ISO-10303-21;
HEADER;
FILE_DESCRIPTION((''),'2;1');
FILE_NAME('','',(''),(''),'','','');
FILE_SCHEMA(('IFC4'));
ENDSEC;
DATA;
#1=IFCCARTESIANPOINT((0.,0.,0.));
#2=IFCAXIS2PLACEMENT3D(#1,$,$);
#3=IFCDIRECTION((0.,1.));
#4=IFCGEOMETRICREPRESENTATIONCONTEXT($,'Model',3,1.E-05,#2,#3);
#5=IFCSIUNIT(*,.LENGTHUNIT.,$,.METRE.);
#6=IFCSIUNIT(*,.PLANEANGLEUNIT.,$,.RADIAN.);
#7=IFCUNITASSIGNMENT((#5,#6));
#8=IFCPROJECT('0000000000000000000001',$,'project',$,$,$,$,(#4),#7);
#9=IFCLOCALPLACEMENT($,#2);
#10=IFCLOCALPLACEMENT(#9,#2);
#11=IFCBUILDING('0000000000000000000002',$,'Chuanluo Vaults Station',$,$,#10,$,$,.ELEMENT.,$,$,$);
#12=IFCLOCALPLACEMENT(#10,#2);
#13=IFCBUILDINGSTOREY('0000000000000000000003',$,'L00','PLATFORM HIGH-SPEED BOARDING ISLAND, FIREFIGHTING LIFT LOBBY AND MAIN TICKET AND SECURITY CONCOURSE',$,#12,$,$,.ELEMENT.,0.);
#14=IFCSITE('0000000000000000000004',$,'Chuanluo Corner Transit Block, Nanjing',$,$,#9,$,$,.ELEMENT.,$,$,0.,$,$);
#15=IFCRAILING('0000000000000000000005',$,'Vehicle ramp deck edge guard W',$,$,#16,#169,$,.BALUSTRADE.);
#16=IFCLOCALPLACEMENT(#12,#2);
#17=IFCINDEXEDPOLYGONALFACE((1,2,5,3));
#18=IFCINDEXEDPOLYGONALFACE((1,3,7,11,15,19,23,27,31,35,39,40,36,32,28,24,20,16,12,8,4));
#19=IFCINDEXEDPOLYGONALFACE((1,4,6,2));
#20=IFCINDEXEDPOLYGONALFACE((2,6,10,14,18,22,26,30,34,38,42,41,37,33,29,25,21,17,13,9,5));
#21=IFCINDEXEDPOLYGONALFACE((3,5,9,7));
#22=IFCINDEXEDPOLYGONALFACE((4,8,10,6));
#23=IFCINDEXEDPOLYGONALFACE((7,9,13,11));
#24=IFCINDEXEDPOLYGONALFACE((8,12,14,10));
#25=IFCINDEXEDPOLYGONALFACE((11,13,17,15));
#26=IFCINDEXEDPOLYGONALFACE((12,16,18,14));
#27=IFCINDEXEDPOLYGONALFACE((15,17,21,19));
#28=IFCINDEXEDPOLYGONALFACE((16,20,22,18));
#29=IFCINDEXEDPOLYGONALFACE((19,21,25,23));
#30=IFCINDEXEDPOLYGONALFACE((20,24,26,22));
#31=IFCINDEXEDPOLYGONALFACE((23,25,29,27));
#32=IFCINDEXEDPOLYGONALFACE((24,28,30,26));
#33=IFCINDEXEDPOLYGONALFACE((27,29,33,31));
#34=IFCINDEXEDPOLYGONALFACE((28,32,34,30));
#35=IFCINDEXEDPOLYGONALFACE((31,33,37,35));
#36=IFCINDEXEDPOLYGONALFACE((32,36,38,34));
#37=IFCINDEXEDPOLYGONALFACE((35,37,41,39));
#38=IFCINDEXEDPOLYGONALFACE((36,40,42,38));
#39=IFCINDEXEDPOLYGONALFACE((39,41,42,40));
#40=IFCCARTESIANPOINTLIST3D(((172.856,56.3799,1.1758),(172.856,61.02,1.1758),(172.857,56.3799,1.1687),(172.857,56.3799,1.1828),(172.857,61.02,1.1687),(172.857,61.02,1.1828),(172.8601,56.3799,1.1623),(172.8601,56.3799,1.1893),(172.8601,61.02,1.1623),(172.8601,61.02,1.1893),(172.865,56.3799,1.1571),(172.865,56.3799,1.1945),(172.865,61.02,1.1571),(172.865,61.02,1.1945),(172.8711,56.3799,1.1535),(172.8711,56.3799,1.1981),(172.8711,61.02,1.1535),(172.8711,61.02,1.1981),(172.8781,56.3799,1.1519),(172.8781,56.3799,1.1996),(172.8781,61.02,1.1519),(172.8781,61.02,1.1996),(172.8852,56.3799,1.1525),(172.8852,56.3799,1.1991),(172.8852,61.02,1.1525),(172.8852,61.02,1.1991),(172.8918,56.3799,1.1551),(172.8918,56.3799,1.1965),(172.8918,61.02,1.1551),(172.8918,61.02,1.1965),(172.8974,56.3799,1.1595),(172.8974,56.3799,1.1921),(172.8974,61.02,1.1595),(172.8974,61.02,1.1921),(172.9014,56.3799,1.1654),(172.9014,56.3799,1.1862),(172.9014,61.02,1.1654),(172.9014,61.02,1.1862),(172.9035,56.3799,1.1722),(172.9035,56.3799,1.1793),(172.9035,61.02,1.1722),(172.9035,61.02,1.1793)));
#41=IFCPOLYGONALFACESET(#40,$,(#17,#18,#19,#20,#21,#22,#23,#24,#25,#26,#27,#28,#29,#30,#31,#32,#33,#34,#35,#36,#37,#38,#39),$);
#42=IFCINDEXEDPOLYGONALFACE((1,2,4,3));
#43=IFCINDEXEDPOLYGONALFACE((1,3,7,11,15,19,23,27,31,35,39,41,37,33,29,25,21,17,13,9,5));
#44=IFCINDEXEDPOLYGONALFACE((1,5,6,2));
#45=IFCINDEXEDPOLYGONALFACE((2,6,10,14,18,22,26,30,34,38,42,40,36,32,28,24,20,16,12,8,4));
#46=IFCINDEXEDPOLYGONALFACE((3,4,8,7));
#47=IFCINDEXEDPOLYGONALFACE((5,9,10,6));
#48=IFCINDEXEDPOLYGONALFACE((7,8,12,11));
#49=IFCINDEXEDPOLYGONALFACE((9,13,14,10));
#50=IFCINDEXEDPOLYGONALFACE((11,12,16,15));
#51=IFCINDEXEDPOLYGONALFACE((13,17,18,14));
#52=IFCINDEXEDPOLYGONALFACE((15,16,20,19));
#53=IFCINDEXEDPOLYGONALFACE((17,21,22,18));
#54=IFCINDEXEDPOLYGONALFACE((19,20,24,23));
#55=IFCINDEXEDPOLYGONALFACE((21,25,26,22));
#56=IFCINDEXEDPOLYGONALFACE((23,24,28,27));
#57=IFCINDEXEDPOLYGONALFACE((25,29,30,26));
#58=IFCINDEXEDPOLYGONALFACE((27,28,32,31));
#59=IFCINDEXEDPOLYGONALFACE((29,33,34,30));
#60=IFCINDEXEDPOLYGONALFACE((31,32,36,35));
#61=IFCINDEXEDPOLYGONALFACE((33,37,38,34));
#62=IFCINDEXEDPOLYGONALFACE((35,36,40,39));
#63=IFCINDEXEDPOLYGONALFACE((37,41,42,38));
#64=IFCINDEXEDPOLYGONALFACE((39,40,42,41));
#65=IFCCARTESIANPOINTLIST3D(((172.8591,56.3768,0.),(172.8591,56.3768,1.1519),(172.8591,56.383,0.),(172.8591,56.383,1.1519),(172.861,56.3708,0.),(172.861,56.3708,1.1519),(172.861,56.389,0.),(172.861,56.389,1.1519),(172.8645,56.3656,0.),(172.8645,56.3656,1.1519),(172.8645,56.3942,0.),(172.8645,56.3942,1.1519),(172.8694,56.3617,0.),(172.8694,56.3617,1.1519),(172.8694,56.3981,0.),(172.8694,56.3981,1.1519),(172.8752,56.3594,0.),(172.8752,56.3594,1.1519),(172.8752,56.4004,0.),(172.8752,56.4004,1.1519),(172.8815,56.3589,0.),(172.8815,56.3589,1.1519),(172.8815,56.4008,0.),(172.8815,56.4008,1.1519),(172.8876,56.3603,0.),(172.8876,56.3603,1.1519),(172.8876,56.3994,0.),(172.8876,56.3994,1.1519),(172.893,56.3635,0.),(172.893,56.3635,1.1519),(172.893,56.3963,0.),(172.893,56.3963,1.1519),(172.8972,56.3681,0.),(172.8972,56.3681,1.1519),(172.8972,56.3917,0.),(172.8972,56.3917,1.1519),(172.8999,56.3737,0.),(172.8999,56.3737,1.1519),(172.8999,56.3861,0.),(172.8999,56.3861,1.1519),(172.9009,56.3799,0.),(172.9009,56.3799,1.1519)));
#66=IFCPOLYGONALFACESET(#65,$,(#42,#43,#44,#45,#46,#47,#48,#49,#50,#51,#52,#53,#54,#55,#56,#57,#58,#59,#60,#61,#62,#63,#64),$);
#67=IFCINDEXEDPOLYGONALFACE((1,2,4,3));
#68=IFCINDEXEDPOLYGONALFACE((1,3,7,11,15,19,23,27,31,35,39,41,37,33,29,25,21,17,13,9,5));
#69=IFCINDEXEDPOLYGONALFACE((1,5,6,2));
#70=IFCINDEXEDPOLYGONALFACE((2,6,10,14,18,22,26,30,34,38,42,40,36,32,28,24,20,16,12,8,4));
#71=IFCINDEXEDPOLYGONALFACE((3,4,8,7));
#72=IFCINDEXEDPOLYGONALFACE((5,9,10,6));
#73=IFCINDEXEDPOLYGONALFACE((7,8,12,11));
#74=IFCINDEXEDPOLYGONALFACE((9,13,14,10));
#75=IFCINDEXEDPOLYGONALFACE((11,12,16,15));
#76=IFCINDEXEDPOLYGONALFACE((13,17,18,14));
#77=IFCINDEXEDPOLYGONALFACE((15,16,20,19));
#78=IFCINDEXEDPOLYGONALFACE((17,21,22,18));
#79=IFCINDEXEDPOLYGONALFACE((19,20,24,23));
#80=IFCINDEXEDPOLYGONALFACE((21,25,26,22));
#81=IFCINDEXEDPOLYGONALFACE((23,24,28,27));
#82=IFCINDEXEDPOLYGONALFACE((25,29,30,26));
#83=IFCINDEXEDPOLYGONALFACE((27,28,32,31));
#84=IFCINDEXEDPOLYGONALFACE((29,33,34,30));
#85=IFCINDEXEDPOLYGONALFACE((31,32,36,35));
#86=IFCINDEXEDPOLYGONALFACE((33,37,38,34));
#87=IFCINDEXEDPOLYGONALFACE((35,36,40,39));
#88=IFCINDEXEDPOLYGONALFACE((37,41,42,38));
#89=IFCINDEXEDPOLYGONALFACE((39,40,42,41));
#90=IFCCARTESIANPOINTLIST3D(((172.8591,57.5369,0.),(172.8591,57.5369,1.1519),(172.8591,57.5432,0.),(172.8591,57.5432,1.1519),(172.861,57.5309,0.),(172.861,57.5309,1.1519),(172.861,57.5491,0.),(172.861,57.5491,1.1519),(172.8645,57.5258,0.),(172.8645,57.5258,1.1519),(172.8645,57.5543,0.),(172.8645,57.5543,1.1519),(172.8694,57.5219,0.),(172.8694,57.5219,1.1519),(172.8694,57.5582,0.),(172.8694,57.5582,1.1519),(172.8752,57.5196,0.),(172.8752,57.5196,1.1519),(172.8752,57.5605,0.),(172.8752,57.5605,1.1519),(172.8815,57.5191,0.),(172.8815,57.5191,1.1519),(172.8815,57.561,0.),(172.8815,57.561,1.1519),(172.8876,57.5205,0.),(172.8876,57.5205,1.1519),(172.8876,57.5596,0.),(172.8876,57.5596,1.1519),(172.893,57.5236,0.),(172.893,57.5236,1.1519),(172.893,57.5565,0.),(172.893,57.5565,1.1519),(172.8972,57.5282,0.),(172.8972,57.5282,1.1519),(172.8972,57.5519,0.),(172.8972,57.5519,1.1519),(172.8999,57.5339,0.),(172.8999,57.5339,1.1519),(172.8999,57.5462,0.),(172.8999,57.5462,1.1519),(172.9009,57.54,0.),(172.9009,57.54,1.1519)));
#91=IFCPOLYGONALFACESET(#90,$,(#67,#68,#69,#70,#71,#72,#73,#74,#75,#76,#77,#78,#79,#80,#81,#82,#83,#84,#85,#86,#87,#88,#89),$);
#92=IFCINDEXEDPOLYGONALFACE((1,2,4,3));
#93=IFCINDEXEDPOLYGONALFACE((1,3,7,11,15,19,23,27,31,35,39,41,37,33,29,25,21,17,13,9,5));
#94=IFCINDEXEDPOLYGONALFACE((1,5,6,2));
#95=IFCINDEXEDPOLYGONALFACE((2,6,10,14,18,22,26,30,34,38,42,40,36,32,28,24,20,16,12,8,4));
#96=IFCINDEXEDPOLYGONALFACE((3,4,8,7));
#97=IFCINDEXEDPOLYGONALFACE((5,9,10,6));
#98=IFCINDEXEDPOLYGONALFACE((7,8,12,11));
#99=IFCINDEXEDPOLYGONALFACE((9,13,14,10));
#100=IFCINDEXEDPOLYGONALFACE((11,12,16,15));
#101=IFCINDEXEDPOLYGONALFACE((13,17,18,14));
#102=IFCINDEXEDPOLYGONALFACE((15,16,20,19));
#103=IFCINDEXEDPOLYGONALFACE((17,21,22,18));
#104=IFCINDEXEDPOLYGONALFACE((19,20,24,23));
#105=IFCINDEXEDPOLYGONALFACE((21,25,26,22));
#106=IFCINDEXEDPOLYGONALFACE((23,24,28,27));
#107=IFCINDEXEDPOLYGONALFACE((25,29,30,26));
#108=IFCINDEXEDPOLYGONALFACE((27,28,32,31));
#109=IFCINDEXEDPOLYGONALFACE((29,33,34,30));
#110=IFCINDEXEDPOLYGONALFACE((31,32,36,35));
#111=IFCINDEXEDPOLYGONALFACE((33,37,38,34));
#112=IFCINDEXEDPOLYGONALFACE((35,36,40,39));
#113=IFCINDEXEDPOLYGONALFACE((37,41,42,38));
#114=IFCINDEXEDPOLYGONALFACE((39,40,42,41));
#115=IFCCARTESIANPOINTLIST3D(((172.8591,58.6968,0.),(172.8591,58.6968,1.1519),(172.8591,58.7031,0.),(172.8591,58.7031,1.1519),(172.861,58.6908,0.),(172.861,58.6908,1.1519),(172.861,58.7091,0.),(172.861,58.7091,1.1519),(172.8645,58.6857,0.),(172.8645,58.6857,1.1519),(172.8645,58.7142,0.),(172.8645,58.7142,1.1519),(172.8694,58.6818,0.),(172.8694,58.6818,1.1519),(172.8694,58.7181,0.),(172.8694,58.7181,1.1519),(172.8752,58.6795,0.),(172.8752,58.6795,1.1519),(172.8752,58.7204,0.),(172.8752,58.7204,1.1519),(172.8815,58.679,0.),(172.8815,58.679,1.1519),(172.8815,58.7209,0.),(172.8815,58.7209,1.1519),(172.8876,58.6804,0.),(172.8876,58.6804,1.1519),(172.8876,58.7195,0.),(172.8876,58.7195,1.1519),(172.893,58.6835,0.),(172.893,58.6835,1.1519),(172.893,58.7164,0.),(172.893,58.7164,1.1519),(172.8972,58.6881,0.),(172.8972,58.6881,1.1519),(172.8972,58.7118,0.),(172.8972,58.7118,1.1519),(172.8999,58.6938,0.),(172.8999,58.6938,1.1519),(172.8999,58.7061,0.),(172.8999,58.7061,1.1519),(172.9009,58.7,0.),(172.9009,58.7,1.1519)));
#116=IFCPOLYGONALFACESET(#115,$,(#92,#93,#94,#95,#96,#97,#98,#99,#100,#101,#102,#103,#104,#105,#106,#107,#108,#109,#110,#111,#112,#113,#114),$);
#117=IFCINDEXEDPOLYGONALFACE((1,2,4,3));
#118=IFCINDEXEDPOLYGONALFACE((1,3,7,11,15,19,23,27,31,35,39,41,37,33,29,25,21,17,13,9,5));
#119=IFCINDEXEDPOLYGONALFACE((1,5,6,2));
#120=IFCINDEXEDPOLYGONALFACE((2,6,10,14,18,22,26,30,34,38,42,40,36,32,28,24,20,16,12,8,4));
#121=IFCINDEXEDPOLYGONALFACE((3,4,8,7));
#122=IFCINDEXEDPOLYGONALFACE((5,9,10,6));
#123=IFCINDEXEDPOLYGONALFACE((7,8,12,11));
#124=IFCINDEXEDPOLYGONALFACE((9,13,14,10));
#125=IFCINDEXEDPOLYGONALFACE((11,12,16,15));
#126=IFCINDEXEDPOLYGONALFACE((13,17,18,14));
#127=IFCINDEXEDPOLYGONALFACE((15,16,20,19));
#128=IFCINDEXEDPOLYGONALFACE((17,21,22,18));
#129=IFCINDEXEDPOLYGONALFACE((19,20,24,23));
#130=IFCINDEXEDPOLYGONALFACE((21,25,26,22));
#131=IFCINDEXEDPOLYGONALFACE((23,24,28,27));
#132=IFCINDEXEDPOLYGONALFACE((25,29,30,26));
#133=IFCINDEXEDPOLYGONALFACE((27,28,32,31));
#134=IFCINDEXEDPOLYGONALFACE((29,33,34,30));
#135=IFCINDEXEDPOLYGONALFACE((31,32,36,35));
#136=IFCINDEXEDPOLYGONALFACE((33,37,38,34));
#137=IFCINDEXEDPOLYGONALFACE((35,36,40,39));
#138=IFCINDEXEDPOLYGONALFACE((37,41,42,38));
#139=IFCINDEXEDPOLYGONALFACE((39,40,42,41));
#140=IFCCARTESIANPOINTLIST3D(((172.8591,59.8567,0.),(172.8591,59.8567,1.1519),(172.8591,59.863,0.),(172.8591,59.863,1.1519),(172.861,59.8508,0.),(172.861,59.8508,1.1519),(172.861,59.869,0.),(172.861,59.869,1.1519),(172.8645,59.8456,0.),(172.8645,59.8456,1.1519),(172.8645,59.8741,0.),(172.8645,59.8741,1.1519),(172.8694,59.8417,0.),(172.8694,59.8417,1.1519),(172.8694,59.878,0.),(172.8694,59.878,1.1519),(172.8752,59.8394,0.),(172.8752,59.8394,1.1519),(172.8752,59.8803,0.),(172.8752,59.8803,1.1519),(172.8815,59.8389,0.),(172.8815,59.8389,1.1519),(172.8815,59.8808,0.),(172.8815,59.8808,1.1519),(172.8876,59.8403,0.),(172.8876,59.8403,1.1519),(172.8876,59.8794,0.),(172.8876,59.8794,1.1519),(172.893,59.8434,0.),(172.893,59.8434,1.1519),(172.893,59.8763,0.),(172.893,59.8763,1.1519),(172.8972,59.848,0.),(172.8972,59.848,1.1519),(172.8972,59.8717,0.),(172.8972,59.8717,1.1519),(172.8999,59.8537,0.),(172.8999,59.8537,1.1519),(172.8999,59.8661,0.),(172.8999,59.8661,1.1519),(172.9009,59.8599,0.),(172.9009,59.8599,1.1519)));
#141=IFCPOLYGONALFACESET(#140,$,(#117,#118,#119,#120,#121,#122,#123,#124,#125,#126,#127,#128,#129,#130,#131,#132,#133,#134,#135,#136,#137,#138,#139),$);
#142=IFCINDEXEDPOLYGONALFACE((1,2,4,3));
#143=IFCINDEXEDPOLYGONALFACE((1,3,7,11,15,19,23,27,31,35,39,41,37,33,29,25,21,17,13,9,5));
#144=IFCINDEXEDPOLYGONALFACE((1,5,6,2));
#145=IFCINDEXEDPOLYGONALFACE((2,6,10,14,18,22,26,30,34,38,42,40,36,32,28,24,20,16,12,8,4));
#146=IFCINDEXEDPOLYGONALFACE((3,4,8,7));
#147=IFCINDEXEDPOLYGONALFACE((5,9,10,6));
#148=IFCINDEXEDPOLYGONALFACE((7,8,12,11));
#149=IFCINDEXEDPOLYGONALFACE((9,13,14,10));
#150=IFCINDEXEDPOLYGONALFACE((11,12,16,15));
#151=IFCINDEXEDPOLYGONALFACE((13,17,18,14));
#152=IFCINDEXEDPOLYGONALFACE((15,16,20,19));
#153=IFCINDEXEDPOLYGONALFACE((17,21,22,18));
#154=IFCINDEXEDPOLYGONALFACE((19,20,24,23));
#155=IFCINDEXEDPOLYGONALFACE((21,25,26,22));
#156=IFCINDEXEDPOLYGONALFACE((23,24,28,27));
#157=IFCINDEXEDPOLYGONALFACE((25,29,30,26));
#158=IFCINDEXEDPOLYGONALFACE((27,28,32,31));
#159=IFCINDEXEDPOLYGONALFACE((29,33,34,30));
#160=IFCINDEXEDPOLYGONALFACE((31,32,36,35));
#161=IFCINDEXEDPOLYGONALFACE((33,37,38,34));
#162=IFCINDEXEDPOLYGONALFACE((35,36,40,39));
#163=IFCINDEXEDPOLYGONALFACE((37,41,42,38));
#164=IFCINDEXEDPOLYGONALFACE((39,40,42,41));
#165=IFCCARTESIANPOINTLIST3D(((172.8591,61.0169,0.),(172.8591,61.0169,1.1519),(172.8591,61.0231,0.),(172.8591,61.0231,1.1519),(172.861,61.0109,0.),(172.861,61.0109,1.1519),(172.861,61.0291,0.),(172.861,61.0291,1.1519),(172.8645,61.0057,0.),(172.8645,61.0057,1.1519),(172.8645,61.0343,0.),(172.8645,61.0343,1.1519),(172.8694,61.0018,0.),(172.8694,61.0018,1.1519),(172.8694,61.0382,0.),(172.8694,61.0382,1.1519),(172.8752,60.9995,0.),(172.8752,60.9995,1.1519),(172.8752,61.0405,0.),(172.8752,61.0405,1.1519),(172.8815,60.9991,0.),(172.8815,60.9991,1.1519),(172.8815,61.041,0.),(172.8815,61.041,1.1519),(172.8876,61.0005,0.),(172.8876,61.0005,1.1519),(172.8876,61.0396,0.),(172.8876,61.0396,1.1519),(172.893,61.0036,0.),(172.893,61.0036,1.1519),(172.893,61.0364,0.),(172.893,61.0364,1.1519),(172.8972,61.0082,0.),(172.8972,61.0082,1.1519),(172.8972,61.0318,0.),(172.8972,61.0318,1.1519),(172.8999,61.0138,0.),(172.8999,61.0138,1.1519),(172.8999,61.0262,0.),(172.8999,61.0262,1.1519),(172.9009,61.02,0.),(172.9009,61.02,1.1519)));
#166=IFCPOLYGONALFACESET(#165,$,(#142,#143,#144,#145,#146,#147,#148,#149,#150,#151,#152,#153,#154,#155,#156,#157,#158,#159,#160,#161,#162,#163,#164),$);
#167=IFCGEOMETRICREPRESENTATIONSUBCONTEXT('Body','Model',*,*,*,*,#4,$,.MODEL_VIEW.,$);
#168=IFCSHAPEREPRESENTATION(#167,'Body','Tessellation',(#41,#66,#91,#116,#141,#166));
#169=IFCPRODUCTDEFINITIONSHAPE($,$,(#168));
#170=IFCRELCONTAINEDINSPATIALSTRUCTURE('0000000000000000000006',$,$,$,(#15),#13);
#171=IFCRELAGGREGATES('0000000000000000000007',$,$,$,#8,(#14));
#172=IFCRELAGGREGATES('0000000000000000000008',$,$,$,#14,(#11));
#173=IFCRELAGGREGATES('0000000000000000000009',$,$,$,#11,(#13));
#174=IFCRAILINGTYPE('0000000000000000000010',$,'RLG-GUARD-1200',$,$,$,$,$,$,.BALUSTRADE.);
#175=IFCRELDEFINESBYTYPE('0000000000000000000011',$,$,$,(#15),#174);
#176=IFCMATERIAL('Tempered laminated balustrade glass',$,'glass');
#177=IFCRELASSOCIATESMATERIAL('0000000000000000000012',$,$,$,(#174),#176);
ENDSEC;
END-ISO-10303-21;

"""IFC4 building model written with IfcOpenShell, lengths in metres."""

from ifc_helpers import new_model, si_unit, direction, frame, origin, origin_2d, place, context, subcontext, project, spatial, circle, extrude, material, type_object, element, save


model = new_model("IFC4")

# Units and contexts
model_context = context("Model", 3, precision=1e-05, world=origin(), true_north=direction((0.0, 1.0)))
body_context = subcontext(model_context, "Body", "Model", "MODEL_VIEW")
ifc_project = project(units=[si_unit("LENGTHUNIT", "METRE"), si_unit("PLANEANGLEUNIT", "RADIAN")], contexts=[model_context])

# Site, building, storey
site_placement = place(None, origin())
site = spatial("IfcSite", under=ifc_project, at=site_placement, Name="Chuanluo Corner Transit Block, Nanjing", CompositionType="ELEMENT", RefElevation=0.0)
building_placement = place(site_placement, origin())
building = spatial("IfcBuilding", under=site, at=building_placement, Name="Chuanluo Vaults Station", CompositionType="ELEMENT")
storey_placement = place(building_placement, origin())
storey = spatial("IfcBuildingStorey", under=building, at=storey_placement, Name="L00", Description="PLATFORM HIGH-SPEED BOARDING ISLAND, FIREFIGHTING LIFT LOBBY AND MAIN TICKET AND SECURITY CONCOURSE", CompositionType="ELEMENT", Elevation=0.0)

# Railing
ifc_material_1 = material(Name="Tempered laminated balustrade glass", Category="glass")
railing_type = type_object("IfcRailingType", Name="RLG-GUARD-1200", PredefinedType="BALUSTRADE", material=ifc_material_1)
railing_1_placement = place(storey_placement, frame((172.8799, 56.3799, 0.0)))
element("IfcRailing", 1, at=railing_1_placement, inside=storey, type_object=railing_type, Name="Vehicle ramp deck edge guard W", PredefinedType="BALUSTRADE", context=body_context, shape_type="SweptSolid", body=[
    extrude(circle(Radius=0.0239, at=origin_2d()), frame((0.0, 0.0, 1.1758), z_axis=(0.0, 1.0, 0.0), x_axis=(-1.0, 0.0, 0.0)), (0.0, 0.0, 1.0), 4.6401),
    extrude(circle(Radius=0.021, at=origin_2d()), origin(), (0.0, 0.0, 1.0), 1.1519),
    extrude(circle(Radius=0.021, at=origin_2d()), frame((0.0, 1.1602, 0.0)), (0.0, 0.0, 1.0), 1.1519),
    extrude(circle(Radius=0.021, at=origin_2d()), frame((0.0, 2.3201, 0.0)), (0.0, 0.0, 1.0), 1.1519),
    extrude(circle(Radius=0.021, at=origin_2d()), frame((0.0, 3.48, 0.0)), (0.0, 0.0, 1.0), 1.1519),
    extrude(circle(Radius=0.021, at=origin_2d()), frame((0.0, 4.6401, 0.0)), (0.0, 0.0, 1.0), 1.1519),
])

save(model, "model.ifc")
